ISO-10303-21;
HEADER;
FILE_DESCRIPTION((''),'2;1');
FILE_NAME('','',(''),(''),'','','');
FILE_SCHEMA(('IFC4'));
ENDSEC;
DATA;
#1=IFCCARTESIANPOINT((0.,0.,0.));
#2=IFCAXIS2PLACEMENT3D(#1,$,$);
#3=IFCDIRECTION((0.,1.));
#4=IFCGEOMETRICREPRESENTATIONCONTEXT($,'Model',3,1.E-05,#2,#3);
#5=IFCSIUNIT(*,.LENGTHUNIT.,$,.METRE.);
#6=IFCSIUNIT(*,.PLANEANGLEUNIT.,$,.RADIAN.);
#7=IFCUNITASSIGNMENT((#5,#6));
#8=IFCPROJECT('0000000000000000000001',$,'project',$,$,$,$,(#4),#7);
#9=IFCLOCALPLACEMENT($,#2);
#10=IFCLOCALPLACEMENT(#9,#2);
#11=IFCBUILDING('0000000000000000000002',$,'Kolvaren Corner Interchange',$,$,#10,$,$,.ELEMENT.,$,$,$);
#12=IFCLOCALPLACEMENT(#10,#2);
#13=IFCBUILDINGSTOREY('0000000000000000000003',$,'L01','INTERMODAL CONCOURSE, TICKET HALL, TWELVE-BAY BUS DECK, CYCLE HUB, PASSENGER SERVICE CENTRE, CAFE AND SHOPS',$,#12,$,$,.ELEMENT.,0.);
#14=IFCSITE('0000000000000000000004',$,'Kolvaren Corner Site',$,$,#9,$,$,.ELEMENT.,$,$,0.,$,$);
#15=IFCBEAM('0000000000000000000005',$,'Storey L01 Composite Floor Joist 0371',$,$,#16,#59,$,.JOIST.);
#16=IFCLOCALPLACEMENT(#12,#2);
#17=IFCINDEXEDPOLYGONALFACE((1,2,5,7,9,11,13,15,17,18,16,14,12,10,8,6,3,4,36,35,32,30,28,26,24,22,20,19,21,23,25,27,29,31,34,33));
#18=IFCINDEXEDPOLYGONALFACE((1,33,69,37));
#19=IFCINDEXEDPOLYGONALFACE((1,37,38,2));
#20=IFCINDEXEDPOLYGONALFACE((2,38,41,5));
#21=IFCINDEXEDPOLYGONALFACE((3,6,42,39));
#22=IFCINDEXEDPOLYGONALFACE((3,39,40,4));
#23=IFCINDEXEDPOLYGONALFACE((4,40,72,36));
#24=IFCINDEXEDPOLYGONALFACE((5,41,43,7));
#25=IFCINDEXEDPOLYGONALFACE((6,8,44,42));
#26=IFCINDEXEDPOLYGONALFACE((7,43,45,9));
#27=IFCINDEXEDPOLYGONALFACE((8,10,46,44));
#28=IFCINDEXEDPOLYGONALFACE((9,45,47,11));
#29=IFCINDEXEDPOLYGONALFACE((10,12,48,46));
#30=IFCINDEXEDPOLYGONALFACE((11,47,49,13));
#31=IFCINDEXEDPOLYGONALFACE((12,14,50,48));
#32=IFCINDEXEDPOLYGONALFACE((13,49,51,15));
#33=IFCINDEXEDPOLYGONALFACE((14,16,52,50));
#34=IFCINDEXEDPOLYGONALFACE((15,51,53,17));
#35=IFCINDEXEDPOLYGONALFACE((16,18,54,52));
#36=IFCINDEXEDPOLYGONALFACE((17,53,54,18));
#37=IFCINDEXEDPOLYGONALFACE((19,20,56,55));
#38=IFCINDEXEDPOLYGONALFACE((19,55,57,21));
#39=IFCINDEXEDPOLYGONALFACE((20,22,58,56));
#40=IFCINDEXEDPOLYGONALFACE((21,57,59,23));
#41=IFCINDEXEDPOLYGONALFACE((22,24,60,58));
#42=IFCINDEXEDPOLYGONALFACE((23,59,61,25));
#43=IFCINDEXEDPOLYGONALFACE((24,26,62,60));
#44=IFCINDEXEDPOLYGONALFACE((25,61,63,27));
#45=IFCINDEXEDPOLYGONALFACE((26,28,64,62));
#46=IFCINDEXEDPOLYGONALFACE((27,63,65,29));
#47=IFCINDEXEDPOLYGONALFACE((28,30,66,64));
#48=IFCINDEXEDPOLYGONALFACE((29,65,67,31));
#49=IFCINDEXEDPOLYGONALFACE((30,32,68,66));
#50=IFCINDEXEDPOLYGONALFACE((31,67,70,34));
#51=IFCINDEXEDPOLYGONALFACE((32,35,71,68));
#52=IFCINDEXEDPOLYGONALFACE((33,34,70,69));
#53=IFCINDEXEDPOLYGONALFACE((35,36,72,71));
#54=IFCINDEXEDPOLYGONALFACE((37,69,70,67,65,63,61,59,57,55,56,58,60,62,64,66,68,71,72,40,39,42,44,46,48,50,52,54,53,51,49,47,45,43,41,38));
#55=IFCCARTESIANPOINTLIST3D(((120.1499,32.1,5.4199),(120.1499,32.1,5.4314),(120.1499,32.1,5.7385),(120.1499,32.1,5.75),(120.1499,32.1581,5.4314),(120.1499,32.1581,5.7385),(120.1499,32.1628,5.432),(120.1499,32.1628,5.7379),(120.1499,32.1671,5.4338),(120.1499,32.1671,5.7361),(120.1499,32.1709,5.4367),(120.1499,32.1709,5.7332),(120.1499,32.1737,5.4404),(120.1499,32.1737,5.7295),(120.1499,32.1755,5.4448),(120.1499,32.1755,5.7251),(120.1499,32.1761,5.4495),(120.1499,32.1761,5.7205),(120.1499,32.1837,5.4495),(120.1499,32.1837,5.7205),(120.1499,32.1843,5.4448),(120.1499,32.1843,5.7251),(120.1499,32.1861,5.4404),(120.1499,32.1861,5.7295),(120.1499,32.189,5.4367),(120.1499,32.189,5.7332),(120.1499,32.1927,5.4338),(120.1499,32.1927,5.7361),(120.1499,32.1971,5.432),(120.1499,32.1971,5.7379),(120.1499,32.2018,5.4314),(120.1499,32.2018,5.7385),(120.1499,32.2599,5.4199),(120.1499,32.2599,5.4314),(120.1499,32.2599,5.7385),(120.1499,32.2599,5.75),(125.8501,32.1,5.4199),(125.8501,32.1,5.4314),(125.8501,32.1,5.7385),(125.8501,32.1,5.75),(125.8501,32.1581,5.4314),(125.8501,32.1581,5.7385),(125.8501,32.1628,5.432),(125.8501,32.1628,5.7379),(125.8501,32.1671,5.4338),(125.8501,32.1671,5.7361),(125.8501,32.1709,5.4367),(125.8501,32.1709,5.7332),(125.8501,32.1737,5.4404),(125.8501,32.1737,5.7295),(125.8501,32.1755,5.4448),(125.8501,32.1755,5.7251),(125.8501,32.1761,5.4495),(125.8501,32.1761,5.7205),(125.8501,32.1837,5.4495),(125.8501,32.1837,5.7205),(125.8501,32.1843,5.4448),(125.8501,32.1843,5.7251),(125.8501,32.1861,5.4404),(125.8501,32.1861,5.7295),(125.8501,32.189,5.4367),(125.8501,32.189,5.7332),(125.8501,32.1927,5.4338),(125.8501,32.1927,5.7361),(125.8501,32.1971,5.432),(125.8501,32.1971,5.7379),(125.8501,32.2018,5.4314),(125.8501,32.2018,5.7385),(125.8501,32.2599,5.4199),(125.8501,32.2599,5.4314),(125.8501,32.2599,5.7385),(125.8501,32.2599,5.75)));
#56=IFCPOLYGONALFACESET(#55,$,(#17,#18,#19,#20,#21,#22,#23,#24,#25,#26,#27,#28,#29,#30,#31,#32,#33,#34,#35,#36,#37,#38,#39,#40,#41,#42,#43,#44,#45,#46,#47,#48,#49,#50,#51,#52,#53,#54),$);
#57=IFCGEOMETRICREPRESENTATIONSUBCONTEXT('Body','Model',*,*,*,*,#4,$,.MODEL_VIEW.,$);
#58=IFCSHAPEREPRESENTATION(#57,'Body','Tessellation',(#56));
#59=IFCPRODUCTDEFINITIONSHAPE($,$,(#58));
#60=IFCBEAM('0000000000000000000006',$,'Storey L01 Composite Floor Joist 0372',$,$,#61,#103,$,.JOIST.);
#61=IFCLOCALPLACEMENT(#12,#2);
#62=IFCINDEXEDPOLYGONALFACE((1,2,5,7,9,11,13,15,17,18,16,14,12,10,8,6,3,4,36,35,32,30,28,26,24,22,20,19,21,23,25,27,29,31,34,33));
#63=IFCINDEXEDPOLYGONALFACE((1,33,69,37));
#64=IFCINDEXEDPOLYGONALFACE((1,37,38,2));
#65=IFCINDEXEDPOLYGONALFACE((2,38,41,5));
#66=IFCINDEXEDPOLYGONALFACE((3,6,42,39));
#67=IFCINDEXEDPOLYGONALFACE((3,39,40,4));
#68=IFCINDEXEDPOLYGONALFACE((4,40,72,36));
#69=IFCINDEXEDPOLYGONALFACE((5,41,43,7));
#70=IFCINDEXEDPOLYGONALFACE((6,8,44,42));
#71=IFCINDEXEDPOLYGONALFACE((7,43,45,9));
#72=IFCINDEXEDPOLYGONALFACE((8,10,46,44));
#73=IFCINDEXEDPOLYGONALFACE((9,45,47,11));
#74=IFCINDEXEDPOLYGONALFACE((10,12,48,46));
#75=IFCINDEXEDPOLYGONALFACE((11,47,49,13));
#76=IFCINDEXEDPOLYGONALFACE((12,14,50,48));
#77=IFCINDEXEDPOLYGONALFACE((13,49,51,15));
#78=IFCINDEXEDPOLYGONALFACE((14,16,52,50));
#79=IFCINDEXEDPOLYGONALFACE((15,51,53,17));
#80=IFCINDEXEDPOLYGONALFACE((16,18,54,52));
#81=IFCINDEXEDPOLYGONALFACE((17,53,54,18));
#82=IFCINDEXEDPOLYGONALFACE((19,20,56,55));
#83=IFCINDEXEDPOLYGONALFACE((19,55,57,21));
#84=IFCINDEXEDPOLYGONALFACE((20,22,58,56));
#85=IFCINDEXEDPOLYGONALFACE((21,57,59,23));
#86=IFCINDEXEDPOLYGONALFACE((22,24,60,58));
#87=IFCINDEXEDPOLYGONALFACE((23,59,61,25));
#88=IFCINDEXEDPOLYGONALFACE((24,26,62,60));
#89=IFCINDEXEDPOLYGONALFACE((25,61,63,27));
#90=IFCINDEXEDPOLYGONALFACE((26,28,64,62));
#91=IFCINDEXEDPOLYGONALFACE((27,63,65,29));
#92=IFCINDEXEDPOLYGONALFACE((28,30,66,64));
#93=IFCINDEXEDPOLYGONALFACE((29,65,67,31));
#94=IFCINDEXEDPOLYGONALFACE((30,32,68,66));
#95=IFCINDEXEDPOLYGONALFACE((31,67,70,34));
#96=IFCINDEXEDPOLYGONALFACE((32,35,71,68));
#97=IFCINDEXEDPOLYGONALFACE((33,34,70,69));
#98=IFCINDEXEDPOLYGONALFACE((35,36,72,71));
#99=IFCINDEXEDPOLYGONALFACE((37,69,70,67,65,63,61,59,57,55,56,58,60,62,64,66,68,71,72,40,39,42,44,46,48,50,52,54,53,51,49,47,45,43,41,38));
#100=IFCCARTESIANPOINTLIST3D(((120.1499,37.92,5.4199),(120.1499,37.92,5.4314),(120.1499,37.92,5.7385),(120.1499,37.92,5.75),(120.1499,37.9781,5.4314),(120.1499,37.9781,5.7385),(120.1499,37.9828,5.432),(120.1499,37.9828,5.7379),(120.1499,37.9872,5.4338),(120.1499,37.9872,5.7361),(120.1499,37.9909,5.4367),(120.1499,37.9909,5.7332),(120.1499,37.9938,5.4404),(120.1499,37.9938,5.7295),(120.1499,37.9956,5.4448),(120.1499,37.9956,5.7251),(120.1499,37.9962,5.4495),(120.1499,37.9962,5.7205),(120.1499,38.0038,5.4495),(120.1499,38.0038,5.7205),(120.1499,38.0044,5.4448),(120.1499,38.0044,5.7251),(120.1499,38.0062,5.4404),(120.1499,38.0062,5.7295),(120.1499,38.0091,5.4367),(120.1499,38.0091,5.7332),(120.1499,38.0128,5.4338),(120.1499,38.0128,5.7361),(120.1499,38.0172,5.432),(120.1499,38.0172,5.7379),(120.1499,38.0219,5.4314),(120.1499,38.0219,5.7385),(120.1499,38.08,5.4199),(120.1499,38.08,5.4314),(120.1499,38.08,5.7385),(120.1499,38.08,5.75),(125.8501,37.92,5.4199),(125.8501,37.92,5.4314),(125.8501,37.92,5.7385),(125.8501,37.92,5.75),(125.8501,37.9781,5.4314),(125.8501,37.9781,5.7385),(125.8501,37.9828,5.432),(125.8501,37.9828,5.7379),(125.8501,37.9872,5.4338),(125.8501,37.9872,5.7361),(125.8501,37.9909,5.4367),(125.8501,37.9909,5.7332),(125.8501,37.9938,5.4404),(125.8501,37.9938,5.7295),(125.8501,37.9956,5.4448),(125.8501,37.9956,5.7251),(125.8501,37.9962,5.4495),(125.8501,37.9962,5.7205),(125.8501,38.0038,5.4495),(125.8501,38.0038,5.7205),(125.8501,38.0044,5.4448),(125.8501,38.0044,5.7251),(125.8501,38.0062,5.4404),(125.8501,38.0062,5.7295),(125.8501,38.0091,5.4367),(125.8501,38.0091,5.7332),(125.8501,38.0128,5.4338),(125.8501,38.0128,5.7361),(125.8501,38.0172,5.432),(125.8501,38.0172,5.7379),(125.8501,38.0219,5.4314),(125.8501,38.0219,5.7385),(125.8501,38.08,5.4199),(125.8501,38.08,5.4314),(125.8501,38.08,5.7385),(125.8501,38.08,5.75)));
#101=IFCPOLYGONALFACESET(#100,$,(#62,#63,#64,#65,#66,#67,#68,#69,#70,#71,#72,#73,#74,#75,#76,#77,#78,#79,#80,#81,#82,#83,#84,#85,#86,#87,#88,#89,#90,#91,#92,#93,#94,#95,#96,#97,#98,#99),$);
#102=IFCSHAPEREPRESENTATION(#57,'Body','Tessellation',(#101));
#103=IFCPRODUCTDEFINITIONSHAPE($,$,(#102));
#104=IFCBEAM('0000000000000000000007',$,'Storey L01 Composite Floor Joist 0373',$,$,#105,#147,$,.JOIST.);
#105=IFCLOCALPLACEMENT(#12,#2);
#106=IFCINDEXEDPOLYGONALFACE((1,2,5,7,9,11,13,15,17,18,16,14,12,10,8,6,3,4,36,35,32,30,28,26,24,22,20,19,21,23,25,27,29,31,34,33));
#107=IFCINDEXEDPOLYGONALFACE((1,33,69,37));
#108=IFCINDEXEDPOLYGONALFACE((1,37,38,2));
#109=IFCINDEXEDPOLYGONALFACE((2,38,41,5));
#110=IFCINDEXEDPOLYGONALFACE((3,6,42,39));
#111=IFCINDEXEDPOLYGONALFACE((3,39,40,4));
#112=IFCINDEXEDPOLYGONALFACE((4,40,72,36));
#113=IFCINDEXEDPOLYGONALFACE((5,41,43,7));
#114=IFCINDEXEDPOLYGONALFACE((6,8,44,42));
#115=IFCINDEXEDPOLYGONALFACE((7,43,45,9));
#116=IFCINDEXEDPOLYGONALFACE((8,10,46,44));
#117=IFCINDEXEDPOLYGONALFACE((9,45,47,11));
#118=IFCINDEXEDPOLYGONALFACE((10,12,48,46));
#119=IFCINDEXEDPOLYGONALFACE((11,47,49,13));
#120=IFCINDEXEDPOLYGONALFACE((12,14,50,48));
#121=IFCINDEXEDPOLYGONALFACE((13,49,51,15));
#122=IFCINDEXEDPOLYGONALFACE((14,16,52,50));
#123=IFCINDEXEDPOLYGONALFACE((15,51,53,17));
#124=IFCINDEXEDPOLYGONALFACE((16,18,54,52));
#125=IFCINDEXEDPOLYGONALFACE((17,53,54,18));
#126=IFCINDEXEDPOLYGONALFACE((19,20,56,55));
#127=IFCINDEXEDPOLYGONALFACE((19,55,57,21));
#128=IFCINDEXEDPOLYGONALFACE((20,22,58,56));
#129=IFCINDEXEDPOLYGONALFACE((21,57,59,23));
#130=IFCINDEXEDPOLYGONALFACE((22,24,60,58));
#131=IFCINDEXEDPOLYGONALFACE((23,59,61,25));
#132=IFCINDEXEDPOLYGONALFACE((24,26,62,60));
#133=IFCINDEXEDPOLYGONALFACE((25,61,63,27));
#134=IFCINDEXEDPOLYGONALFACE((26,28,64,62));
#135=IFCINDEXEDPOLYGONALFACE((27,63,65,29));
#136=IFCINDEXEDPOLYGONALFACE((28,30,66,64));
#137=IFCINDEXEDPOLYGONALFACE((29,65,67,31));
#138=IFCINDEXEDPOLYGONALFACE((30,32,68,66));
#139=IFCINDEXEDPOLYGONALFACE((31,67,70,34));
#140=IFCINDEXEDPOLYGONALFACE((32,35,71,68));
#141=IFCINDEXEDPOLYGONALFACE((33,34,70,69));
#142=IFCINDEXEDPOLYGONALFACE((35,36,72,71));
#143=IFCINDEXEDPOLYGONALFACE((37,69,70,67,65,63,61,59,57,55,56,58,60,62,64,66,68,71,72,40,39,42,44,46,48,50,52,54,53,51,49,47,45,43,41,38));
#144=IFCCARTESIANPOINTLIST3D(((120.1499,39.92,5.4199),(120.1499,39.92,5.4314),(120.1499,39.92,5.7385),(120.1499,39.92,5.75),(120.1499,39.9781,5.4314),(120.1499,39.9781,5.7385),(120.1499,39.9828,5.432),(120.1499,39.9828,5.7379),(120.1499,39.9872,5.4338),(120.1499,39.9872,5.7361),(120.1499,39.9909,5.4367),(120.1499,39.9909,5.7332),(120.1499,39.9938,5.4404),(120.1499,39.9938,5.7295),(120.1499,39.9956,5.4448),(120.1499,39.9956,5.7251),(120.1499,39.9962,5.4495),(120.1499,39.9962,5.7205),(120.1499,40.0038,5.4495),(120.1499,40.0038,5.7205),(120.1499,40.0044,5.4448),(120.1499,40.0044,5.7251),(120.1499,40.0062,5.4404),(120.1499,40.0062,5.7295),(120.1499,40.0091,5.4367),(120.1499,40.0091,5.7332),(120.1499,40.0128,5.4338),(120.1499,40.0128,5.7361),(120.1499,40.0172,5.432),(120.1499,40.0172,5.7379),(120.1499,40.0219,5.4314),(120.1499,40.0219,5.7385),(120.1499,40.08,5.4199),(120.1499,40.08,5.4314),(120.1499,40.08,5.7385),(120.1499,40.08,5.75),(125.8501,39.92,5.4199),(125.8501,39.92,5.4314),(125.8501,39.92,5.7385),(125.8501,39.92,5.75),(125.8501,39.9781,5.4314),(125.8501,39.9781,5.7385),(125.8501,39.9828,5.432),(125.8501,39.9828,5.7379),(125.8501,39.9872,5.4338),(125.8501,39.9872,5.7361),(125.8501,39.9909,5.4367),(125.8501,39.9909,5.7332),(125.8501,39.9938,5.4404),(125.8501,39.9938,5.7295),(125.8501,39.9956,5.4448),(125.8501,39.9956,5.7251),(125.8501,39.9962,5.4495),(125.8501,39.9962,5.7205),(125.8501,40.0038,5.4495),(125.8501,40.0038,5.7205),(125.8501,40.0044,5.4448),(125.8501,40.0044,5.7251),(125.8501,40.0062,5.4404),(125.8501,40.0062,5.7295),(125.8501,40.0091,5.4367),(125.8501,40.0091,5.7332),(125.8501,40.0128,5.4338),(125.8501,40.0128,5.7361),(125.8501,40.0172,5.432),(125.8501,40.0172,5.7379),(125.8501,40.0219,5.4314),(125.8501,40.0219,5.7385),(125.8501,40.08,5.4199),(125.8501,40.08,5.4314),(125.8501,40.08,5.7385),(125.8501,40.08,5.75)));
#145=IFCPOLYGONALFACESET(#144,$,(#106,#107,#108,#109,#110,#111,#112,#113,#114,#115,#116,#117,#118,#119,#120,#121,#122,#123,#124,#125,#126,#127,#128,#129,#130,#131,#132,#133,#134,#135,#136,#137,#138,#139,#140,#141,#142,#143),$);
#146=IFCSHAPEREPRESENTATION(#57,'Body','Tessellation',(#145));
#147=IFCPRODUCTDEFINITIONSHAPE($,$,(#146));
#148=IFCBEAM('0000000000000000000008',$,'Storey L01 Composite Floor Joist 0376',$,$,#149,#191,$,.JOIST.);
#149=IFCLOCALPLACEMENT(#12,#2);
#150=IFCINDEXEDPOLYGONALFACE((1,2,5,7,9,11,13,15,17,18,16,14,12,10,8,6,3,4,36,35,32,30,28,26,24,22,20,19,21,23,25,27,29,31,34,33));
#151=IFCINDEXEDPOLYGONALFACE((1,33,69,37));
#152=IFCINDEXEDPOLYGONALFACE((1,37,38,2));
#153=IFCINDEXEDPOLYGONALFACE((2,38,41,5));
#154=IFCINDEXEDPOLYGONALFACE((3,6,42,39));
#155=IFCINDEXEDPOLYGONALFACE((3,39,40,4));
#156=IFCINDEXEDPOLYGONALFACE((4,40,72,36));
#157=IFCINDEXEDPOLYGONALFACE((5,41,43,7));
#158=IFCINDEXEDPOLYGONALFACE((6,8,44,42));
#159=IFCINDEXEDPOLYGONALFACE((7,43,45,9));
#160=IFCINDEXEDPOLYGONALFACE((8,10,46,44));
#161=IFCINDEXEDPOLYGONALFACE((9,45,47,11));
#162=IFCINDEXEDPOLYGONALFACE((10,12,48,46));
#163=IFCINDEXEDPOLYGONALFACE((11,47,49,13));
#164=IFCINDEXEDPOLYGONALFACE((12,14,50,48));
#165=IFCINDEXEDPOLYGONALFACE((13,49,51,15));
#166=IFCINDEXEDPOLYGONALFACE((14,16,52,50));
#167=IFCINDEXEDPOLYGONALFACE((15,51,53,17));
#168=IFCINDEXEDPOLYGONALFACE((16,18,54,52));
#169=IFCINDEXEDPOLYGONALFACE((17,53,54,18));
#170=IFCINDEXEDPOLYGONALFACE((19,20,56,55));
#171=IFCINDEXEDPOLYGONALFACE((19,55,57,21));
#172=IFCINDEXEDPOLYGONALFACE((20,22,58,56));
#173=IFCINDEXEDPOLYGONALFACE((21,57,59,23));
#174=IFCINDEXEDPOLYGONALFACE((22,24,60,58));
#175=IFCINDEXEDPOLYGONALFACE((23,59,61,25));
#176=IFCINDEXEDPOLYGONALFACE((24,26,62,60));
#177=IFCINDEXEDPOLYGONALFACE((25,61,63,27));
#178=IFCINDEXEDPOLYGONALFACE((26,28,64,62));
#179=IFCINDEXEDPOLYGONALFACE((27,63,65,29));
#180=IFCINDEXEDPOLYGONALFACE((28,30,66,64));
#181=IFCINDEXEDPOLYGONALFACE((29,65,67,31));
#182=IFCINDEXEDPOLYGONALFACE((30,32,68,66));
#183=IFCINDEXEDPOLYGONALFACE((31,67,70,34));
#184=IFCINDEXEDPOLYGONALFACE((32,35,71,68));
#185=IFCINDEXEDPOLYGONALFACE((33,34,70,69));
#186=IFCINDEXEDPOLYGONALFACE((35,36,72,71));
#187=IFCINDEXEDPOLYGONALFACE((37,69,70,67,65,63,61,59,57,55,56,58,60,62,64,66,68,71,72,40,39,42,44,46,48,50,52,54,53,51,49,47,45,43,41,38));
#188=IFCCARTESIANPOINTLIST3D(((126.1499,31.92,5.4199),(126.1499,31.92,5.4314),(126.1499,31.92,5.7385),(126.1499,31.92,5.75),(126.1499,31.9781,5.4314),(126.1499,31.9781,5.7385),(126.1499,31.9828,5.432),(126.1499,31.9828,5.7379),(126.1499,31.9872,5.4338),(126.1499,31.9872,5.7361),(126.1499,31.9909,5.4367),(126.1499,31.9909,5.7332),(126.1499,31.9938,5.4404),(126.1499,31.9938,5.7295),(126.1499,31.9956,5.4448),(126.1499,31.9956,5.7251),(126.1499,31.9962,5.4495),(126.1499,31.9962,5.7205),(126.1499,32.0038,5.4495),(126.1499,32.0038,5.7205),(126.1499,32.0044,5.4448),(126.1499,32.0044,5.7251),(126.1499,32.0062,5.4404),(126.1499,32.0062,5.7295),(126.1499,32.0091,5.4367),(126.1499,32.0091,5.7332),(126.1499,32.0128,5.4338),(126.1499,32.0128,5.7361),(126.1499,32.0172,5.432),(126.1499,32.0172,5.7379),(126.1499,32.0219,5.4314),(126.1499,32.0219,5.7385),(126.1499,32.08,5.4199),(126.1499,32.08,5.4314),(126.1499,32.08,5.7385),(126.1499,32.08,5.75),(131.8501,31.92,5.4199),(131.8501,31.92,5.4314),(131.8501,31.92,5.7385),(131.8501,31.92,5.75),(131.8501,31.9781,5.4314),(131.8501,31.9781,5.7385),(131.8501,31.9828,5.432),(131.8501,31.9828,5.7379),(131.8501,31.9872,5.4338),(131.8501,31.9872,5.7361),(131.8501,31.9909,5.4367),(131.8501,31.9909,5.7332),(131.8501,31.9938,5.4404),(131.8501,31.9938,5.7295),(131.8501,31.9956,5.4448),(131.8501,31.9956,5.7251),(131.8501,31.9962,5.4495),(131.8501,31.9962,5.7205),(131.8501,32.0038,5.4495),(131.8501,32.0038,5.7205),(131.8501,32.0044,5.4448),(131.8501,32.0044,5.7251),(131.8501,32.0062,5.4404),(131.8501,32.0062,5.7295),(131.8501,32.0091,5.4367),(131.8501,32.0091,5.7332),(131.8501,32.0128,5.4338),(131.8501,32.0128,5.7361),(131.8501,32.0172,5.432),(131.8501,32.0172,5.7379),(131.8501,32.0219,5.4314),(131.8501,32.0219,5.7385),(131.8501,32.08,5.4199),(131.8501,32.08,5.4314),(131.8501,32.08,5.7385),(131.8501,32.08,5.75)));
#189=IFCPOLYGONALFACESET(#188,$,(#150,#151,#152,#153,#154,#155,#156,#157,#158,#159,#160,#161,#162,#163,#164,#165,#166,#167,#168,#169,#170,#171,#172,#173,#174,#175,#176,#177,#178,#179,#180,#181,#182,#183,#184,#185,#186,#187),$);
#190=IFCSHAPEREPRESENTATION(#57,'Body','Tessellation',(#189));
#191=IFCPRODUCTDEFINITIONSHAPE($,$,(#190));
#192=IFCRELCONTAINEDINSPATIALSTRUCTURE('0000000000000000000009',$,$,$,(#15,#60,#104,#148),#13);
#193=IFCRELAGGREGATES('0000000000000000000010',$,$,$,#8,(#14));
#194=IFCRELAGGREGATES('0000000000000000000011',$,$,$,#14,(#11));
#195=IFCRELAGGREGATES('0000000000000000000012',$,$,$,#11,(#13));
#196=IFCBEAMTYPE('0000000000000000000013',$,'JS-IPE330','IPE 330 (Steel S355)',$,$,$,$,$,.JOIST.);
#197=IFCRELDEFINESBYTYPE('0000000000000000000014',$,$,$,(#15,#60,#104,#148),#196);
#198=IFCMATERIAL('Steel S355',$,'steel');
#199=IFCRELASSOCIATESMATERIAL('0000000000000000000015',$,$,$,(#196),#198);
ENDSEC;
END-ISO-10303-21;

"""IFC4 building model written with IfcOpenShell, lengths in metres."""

from ifc_helpers import new_model, si_unit, direction, frame, origin, origin_2d, place, context, subcontext, project, spatial, i_section, extrude, material, material_profile, profile_set, type_object, element, save


model = new_model("IFC4")

# Units and contexts
model_context = context("Model", 3, precision=1e-05, world=origin(), true_north=direction((0.0, 1.0)))
body_context = subcontext(model_context, "Body", "Model", "MODEL_VIEW")
ifc_project = project(units=[si_unit("LENGTHUNIT", "METRE"), si_unit("PLANEANGLEUNIT", "RADIAN")], contexts=[model_context])

# Site, building, storey
site_placement = place(None, origin())
site = spatial("IfcSite", under=ifc_project, at=site_placement, Name="Kolvaren Corner Site", CompositionType="ELEMENT", RefElevation=0.0)
building_placement = place(site_placement, origin())
building = spatial("IfcBuilding", under=site, at=building_placement, Name="Kolvaren Corner Interchange", CompositionType="ELEMENT")
storey_placement = place(building_placement, origin())
storey = spatial("IfcBuildingStorey", under=building, at=storey_placement, Name="L01", Description="INTERMODAL CONCOURSE, TICKET HALL, TWELVE-BAY BUS DECK, CYCLE HUB, PASSENGER SERVICE CENTRE, CAFE AND SHOPS", CompositionType="ELEMENT", Elevation=0.0)

# Beams
ifc_material_1 = material(Name="Steel S355", Category="steel")
ifc_material_profile_1 = material_profile(ifc_material_1, i_section(OverallWidth=0.1599, OverallDepth=0.3301, WebThickness=0.0076, FlangeThickness=0.0115, FilletRadius=0.0181, at=origin_2d()), Name="IPE 330")
ifc_profile_set_1 = profile_set([ifc_material_profile_1], Name="Steel S355")
beam_type_1 = type_object("IfcBeamType", Name="JS-IPE330", Description="IPE 330 (Steel S355)", PredefinedType="JOIST", material=ifc_profile_set_1)
for number, where, z_axis, x_axis, name in (
    (1, (120.1499, 32.1799, 5.585), (1.0, 0.0, 0.0), (0.0, 1.0, 0.0), "Storey L01 Composite Floor Joist 0371"),
    (2, (120.1499, 38.0, 5.585), (1.0, 0.0, 0.0), (0.0, 1.0, 0.0), "Storey L01 Composite Floor Joist 0372"),
    (3, (120.1499, 40.0, 5.585), (1.0, 0.0, 0.0), (0.0, 1.0, 0.0), "Storey L01 Composite Floor Joist 0373"),
    (4, (126.1499, 32.0, 5.585), (1.0, 0.0, 0.0), (0.0, 1.0, 0.0), "Storey L01 Composite Floor Joist 0376"),
):
    element("IfcBeam", number, at=place(storey_placement, frame(where, z_axis=z_axis, x_axis=x_axis)), inside=storey, type_object=beam_type_1, Name=name, PredefinedType="JOIST", context=body_context, shape_type="SweptSolid", body=[
        extrude(i_section(OverallWidth=0.1599, OverallDepth=0.3301, WebThickness=0.0076, FlangeThickness=0.0115, FilletRadius=0.0181, at=origin_2d()), origin(), (0.0, 0.0, 1.0), 5.7002),
    ])

save(model, "model.ifc")
